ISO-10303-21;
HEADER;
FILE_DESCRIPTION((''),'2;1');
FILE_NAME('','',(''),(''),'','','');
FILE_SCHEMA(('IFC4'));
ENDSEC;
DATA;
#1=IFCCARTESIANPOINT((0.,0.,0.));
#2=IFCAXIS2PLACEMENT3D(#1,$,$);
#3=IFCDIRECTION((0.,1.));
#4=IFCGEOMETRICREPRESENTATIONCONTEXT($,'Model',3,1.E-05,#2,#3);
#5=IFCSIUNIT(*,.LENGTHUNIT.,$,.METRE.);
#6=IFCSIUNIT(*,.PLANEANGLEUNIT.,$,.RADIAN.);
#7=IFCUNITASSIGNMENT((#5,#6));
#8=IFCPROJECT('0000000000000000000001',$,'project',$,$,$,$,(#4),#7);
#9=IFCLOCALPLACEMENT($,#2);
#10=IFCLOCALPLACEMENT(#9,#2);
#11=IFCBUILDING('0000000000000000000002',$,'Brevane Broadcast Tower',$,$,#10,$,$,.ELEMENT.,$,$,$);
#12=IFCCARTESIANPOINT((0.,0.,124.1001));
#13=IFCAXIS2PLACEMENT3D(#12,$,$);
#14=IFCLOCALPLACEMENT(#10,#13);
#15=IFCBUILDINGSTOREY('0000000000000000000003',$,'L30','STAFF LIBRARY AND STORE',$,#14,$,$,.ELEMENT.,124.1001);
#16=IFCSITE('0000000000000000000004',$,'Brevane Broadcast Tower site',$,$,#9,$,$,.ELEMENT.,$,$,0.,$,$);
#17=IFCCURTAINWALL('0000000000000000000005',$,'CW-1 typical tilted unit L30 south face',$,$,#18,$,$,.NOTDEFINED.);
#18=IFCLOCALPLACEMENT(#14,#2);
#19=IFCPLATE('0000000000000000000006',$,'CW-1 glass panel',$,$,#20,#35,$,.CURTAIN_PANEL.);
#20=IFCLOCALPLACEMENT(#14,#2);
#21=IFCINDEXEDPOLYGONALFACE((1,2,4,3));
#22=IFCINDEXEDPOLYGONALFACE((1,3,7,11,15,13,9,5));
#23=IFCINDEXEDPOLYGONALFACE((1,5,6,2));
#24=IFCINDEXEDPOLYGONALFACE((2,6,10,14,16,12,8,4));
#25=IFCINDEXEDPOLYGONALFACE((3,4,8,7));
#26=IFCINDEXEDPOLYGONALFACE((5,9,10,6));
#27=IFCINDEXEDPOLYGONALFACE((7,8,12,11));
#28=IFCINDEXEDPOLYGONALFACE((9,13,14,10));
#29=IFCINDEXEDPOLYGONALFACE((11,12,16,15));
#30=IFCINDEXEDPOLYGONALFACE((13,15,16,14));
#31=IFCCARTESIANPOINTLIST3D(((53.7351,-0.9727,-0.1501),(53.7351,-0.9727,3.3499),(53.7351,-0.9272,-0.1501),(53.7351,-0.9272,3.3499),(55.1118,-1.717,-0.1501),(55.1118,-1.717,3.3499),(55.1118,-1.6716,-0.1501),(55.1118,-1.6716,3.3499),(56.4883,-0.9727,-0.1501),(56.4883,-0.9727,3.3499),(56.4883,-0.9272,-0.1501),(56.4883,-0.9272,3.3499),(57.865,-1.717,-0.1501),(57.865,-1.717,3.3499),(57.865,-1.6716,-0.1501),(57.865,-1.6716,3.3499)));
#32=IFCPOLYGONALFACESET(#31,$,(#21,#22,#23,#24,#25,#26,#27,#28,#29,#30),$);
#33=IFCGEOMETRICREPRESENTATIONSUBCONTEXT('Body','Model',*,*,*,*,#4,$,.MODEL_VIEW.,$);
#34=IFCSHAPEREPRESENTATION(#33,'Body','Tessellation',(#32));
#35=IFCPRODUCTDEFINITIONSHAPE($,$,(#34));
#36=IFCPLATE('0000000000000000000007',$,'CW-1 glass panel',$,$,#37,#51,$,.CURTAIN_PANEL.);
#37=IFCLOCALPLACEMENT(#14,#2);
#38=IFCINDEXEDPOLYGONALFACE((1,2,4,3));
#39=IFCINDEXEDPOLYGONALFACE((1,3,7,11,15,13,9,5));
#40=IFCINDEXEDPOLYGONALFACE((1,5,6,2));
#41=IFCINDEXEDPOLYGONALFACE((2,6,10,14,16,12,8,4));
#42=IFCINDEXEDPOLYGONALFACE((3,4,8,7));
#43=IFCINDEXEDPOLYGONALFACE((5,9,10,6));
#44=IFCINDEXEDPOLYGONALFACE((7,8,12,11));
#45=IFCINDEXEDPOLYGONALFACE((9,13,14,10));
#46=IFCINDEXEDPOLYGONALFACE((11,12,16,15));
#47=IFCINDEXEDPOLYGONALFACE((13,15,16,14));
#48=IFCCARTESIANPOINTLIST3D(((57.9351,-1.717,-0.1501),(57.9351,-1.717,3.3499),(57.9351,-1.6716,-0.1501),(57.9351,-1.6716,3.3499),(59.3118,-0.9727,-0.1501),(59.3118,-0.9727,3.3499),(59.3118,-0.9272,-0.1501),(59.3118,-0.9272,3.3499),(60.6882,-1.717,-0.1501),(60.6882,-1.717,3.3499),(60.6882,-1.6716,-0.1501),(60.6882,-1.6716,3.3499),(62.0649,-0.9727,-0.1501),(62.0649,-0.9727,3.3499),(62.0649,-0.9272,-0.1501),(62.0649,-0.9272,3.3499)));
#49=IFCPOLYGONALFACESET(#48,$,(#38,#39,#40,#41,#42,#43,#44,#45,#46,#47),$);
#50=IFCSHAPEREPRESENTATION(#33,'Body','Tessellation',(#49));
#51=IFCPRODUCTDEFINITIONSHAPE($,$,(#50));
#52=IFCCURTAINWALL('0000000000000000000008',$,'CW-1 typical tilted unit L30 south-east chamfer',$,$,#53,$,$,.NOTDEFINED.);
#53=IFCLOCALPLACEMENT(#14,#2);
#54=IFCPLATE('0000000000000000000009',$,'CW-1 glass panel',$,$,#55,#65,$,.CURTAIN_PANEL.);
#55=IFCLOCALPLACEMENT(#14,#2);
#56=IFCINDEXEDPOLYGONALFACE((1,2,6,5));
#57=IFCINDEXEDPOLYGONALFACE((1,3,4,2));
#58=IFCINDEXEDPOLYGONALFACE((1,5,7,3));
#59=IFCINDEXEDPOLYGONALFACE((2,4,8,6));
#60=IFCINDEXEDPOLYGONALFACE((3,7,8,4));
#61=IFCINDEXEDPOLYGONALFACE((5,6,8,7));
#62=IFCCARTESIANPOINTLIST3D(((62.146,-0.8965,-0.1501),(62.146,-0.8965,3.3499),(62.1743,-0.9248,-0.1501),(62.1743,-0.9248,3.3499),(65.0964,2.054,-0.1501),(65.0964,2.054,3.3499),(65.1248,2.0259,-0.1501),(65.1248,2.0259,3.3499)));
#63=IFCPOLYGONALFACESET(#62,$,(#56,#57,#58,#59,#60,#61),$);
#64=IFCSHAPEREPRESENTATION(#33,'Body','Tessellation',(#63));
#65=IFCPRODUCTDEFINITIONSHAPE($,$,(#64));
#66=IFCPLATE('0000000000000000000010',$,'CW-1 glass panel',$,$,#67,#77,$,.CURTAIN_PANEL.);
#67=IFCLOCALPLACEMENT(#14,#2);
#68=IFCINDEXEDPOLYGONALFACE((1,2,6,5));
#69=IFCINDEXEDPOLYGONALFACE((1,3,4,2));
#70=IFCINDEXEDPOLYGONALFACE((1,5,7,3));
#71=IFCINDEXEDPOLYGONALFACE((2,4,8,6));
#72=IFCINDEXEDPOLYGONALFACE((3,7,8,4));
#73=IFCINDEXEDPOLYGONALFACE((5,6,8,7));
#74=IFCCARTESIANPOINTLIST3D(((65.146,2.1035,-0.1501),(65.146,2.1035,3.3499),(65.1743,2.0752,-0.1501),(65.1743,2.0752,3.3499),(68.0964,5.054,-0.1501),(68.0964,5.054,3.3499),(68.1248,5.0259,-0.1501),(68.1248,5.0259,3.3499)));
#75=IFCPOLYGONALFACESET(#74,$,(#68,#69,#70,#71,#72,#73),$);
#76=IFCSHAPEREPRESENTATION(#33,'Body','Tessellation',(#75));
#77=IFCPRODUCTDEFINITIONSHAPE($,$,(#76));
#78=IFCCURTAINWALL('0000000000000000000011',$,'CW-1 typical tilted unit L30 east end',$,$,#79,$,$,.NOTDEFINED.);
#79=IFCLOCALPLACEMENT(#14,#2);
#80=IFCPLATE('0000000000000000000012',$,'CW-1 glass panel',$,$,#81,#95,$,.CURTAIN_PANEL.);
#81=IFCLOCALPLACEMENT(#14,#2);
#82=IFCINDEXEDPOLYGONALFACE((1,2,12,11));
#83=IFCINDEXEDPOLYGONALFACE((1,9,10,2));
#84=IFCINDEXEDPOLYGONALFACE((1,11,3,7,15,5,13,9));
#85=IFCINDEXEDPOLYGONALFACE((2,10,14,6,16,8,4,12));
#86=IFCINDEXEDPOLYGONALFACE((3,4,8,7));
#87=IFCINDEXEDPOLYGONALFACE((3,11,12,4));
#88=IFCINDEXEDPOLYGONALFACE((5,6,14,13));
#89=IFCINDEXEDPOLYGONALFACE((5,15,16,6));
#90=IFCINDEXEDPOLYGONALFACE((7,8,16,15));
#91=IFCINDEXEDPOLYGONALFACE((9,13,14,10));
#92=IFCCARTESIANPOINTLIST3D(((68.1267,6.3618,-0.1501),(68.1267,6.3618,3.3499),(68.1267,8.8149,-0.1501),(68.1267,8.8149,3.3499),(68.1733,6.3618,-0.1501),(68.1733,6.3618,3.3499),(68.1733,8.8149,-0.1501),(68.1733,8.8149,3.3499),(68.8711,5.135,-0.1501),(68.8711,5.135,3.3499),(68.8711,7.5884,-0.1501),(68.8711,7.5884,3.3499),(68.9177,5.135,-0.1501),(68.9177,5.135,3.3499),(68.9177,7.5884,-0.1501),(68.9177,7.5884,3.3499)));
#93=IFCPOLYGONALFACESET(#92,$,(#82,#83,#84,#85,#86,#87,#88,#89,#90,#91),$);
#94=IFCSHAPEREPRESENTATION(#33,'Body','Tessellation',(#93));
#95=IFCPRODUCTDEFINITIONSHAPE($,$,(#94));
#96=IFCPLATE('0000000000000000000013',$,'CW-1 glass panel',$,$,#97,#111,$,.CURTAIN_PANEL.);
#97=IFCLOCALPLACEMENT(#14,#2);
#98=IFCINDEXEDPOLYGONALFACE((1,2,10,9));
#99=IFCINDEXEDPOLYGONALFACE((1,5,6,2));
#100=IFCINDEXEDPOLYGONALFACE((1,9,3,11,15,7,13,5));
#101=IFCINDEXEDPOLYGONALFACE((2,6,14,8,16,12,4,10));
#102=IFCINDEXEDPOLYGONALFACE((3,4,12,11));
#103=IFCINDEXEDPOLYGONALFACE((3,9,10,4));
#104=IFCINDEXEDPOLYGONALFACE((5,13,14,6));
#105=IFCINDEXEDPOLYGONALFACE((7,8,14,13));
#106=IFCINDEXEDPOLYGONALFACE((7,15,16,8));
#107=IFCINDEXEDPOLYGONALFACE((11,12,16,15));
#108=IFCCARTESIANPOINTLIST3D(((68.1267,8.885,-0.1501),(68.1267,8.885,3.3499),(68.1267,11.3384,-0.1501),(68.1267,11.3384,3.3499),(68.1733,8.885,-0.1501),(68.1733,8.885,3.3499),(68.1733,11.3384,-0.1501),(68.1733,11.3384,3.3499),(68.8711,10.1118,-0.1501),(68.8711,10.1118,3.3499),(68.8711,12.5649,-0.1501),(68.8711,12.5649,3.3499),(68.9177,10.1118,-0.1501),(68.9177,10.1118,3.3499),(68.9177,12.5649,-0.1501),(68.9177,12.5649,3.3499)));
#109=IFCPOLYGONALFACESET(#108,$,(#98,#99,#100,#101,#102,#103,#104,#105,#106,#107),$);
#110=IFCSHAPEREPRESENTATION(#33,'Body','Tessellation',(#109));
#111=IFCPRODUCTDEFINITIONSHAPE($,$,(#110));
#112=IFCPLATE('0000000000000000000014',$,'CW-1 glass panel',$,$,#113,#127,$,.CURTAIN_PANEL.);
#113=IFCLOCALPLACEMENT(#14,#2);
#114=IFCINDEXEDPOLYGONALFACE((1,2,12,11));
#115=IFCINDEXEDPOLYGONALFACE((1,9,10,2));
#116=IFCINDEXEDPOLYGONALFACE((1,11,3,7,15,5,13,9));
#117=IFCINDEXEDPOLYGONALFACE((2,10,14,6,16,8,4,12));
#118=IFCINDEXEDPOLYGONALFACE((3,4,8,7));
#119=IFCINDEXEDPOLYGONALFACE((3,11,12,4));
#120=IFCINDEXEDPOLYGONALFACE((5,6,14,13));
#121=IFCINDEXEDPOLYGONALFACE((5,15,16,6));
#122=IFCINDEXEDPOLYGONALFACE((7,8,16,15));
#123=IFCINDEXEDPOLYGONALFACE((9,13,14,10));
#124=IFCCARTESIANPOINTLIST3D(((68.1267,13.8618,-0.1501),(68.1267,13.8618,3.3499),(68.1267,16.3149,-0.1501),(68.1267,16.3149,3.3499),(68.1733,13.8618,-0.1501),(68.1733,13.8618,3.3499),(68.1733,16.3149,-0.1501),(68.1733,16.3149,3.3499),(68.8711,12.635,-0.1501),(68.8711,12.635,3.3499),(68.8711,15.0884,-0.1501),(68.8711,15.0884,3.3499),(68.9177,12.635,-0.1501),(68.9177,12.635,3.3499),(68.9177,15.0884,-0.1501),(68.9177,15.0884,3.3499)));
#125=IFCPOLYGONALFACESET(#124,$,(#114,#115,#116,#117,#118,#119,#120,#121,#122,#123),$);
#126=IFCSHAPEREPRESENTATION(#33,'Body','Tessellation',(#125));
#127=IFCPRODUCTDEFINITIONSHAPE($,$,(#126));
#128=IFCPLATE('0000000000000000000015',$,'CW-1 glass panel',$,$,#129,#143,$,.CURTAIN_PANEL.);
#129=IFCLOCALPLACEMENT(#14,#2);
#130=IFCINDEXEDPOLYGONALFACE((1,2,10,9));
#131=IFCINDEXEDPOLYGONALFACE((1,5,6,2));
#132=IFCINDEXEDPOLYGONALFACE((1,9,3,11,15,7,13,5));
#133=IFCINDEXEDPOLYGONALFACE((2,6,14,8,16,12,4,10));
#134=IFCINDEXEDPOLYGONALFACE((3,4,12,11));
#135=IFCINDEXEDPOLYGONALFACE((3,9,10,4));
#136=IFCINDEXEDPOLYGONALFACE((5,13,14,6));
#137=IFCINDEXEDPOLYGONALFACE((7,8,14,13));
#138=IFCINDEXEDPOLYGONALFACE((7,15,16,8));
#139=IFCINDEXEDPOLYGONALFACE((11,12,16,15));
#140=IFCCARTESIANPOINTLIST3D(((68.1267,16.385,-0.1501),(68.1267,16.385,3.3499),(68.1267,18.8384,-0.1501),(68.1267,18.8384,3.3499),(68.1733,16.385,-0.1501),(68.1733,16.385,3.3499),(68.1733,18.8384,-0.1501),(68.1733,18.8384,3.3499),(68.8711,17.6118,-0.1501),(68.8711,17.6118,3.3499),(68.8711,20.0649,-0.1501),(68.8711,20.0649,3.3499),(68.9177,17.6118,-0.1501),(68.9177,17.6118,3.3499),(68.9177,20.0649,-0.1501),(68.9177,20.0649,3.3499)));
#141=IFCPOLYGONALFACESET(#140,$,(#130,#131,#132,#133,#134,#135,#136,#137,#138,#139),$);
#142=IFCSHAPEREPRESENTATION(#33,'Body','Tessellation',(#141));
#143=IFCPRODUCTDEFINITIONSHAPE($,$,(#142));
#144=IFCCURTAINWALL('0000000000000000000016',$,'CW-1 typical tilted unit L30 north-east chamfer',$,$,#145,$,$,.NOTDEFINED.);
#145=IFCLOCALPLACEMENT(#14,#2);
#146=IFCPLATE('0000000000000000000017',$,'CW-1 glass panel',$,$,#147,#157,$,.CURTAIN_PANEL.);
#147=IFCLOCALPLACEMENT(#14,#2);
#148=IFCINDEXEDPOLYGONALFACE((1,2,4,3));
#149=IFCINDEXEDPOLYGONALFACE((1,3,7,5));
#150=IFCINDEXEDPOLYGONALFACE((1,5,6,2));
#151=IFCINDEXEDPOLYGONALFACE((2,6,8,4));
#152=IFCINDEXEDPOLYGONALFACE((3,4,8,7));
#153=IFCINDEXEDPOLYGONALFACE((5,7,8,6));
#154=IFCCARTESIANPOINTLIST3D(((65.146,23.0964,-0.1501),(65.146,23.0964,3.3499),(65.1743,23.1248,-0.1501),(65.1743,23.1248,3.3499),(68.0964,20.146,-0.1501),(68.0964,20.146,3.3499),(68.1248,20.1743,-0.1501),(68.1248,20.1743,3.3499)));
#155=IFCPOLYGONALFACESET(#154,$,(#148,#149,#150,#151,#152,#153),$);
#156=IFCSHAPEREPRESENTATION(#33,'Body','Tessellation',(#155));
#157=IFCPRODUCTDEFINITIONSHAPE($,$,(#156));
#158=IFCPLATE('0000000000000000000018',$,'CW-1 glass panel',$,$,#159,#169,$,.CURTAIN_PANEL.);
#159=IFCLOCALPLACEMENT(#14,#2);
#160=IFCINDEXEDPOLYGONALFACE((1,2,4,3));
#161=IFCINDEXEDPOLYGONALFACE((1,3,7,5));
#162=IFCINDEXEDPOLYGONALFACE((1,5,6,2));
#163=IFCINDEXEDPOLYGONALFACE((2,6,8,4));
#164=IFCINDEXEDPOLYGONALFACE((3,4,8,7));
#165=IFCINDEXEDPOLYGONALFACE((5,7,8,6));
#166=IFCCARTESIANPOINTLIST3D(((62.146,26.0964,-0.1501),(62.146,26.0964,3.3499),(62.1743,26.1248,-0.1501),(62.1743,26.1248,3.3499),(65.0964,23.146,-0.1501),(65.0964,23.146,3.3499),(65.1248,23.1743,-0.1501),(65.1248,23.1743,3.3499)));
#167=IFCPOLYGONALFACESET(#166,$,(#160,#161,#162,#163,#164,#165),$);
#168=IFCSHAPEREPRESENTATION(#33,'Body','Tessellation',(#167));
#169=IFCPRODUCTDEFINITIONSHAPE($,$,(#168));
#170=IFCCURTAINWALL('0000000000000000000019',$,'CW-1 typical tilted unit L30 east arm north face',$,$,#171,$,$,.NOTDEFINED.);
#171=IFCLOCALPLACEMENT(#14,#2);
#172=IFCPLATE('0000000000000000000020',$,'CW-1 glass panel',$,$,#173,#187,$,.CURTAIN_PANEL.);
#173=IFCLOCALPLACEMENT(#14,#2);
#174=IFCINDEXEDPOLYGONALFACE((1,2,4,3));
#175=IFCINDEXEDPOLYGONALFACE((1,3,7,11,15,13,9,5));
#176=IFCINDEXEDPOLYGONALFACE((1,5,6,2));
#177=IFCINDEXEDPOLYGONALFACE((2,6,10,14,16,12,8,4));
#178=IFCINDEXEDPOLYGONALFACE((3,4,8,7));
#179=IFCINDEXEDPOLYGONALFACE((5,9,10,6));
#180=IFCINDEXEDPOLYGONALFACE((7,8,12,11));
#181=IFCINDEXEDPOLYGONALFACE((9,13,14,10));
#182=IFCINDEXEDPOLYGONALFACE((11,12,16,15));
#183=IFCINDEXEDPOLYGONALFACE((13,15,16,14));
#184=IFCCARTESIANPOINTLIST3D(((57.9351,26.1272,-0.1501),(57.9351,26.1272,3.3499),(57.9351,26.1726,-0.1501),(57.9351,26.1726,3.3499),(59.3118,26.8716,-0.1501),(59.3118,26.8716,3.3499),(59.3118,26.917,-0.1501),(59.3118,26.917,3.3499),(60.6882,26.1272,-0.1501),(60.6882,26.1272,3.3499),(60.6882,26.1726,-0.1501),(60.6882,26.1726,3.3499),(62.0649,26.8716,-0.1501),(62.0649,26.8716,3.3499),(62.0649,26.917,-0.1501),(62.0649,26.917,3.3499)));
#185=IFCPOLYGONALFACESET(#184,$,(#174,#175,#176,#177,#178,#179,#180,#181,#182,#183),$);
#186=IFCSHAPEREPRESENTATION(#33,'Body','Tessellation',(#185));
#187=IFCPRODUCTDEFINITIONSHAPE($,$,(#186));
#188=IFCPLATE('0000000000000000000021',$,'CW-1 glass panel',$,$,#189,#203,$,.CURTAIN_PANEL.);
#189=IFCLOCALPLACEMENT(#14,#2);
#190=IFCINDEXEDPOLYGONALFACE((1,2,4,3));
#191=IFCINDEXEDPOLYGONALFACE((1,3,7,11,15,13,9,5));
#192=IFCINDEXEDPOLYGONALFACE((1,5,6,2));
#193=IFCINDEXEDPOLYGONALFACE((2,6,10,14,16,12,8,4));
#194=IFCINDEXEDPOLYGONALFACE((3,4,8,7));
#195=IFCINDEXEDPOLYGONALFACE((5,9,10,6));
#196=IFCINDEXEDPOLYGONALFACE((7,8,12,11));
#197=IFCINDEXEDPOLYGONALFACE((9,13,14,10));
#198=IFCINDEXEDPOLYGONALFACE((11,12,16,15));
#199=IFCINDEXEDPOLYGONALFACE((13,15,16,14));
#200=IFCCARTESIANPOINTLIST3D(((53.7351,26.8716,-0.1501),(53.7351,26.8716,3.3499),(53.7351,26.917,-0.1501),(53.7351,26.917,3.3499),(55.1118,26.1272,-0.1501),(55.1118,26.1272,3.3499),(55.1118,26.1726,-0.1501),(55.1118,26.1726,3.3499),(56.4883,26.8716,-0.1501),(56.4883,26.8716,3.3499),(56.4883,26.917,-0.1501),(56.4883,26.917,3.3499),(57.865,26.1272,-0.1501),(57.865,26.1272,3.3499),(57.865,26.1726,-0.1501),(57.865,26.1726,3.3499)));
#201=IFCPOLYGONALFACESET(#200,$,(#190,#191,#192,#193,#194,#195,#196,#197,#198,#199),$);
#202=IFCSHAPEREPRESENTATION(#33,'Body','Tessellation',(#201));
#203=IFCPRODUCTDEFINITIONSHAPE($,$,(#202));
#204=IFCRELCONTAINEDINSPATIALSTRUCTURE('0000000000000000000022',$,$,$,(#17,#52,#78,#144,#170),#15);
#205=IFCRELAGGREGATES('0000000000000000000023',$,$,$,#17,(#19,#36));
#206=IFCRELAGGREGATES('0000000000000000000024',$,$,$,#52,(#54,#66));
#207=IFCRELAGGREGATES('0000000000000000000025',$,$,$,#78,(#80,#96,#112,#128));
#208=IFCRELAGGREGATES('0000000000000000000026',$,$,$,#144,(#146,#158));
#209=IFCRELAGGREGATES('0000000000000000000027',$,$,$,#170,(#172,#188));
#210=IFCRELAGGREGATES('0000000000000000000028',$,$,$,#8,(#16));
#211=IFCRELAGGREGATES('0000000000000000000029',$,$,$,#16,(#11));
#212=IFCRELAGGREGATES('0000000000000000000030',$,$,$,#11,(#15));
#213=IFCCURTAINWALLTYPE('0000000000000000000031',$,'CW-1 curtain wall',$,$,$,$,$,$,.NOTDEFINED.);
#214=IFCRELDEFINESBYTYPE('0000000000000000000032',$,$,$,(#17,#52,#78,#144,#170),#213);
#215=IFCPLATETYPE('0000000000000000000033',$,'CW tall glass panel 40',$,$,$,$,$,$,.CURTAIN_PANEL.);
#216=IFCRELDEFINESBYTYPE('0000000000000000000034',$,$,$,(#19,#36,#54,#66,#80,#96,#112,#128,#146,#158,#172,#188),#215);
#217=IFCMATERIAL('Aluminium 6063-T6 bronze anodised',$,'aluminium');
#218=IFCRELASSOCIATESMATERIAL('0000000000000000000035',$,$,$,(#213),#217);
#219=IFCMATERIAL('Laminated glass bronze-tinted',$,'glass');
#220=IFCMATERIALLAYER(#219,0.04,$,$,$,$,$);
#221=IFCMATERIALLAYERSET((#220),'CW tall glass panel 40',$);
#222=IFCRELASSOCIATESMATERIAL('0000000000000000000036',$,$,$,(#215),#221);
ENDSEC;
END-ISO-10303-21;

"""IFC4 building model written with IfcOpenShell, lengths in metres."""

from ifc_helpers import new_model, si_unit, direction, frame, origin, place, context, subcontext, project, spatial, polyline, outline, extrude, material, layer, layer_set, type_object, element, aggregate, save


model = new_model("IFC4")

# Units and contexts
model_context = context("Model", 3, precision=1e-05, world=origin(), true_north=direction((0.0, 1.0)))
body_context = subcontext(model_context, "Body", "Model", "MODEL_VIEW")
ifc_project = project(units=[si_unit("LENGTHUNIT", "METRE"), si_unit("PLANEANGLEUNIT", "RADIAN")], contexts=[model_context])

# Site, building, storey
site_placement = place(None, origin())
site = spatial("IfcSite", under=ifc_project, at=site_placement, Name="Brevane Broadcast Tower site", CompositionType="ELEMENT", RefElevation=0.0)
building_placement = place(site_placement, origin())
building = spatial("IfcBuilding", under=site, at=building_placement, Name="Brevane Broadcast Tower", CompositionType="ELEMENT")
storey_placement = place(building_placement, frame((0.0, 0.0, 124.1001)))
storey = spatial("IfcBuildingStorey", under=building, at=storey_placement, Name="L30", Description="STAFF LIBRARY AND STORE", CompositionType="ELEMENT", Elevation=124.1001)

# Curtain walls, plates
ifc_material_1 = material(Name="Aluminium 6063-T6 bronze anodised", Category="aluminium")
curtain_wall_type = type_object("IfcCurtainWallType", Name="CW-1 curtain wall", PredefinedType="NOTDEFINED", material=ifc_material_1)
curtain_wall_1_placement = place(storey_placement, origin())
curtain_wall_1 = element("IfcCurtainWall", 1, at=curtain_wall_1_placement, inside=storey, type_object=curtain_wall_type, Name="CW-1 typical tilted unit L30 south face", PredefinedType="NOTDEFINED")
ifc_material_2 = material(Name="Laminated glass bronze-tinted", Category="glass")
ifc_layer = layer(ifc_material_2, 0.04)
ifc_layer_set = layer_set([ifc_layer], Name="CW tall glass panel 40")
plate_type = type_object("IfcPlateType", Name="CW tall glass panel 40", PredefinedType="CURTAIN_PANEL", material=ifc_layer_set)
plate_1_placement = place(storey_placement, frame((0.0, 0.0, -0.1501)))
plate_1 = element("IfcPlate", 2, at=plate_1_placement, type_object=plate_type, Name="CW-1 glass panel", PredefinedType="CURTAIN_PANEL", context=body_context, shape_type="SweptSolid", body=[
    extrude(outline(polyline([(53.7351, -0.9272), (53.7351, -0.9727), (55.1118, -1.717), (56.4883, -0.9727), (57.865, -1.717), (57.865, -1.6716), (56.4883, -0.9272), (55.1118, -1.6716), (53.7351, -0.9272)])), origin(), (0.0, 0.0, 1.0), 3.5),
])
plate_2_placement = place(storey_placement, frame((0.0, 0.0, -0.1501)))
plate_2 = element("IfcPlate", 3, at=plate_2_placement, type_object=plate_type, Name="CW-1 glass panel", PredefinedType="CURTAIN_PANEL", context=body_context, shape_type="SweptSolid", body=[
    extrude(outline(polyline([(57.9351, -1.6716), (57.9351, -1.717), (59.3118, -0.9727), (60.6882, -1.717), (62.0649, -0.9727), (62.0649, -0.9272), (60.6882, -1.6716), (59.3118, -0.9272), (57.9351, -1.6716)])), origin(), (0.0, 0.0, 1.0), 3.5),
])
aggregate(curtain_wall_1, [plate_1, plate_2])
curtain_wall_2_placement = place(storey_placement, origin())
curtain_wall_2 = element("IfcCurtainWall", 4, at=curtain_wall_2_placement, inside=storey, type_object=curtain_wall_type, Name="CW-1 typical tilted unit L30 south-east chamfer", PredefinedType="NOTDEFINED")
plate_3_placement = place(storey_placement, frame((0.0, 0.0, -0.1501)))
plate_3 = element("IfcPlate", 5, at=plate_3_placement, type_object=plate_type, Name="CW-1 glass panel", PredefinedType="CURTAIN_PANEL", context=body_context, shape_type="SweptSolid", body=[
    extrude(outline(polyline([(62.146, -0.8965), (65.0964, 2.054), (65.1248, 2.0259), (62.1743, -0.9248), (62.146, -0.8965)])), origin(), (0.0, 0.0, 1.0), 3.5),
])
plate_4_placement = place(storey_placement, frame((0.0, 0.0, -0.1501)))
plate_4 = element("IfcPlate", 6, at=plate_4_placement, type_object=plate_type, Name="CW-1 glass panel", PredefinedType="CURTAIN_PANEL", context=body_context, shape_type="SweptSolid", body=[
    extrude(outline(polyline([(65.146, 2.1035), (68.0964, 5.054), (68.1248, 5.0259), (65.1743, 2.0752), (65.146, 2.1035)])), origin(), (0.0, 0.0, 1.0), 3.5),
])
aggregate(curtain_wall_2, [plate_3, plate_4])
curtain_wall_3_placement = place(storey_placement, origin())
curtain_wall_3 = element("IfcCurtainWall", 7, at=curtain_wall_3_placement, inside=storey, type_object=curtain_wall_type, Name="CW-1 typical tilted unit L30 east end", PredefinedType="NOTDEFINED")
plate_5_placement = place(storey_placement, frame((0.0, 0.0, -0.1501)))
plate_5 = element("IfcPlate", 8, at=plate_5_placement, type_object=plate_type, Name="CW-1 glass panel", PredefinedType="CURTAIN_PANEL", context=body_context, shape_type="SweptSolid", body=[
    extrude(outline(polyline([(68.8711, 5.135), (68.9177, 5.135), (68.1733, 6.3618), (68.9177, 7.5884), (68.1733, 8.8149), (68.1267, 8.8149), (68.8711, 7.5884), (68.1267, 6.3618), (68.8711, 5.135)])), origin(), (0.0, 0.0, 1.0), 3.5),
])
plate_6_placement = place(storey_placement, frame((0.0, 0.0, -0.1501)))
plate_6 = element("IfcPlate", 9, at=plate_6_placement, type_object=plate_type, Name="CW-1 glass panel", PredefinedType="CURTAIN_PANEL", context=body_context, shape_type="SweptSolid", body=[
    extrude(outline(polyline([(68.1267, 8.885), (68.1733, 8.885), (68.9177, 10.1118), (68.1733, 11.3384), (68.9177, 12.5649), (68.8711, 12.5649), (68.1267, 11.3384), (68.8711, 10.1118), (68.1267, 8.885)])), origin(), (0.0, 0.0, 1.0), 3.5),
])
plate_7_placement = place(storey_placement, frame((0.0, 0.0, -0.1501)))
plate_7 = element("IfcPlate", 10, at=plate_7_placement, type_object=plate_type, Name="CW-1 glass panel", PredefinedType="CURTAIN_PANEL", context=body_context, shape_type="SweptSolid", body=[
    extrude(outline(polyline([(68.8711, 12.635), (68.9177, 12.635), (68.1733, 13.8618), (68.9177, 15.0884), (68.1733, 16.3149), (68.1267, 16.3149), (68.8711, 15.0884), (68.1267, 13.8618), (68.8711, 12.635)])), origin(), (0.0, 0.0, 1.0), 3.5),
])
plate_8_placement = place(storey_placement, frame((0.0, 0.0, -0.1501)))
plate_8 = element("IfcPlate", 11, at=plate_8_placement, type_object=plate_type, Name="CW-1 glass panel", PredefinedType="CURTAIN_PANEL", context=body_context, shape_type="SweptSolid", body=[
    extrude(outline(polyline([(68.1267, 16.385), (68.1733, 16.385), (68.9177, 17.6118), (68.1733, 18.8384), (68.9177, 20.0649), (68.8711, 20.0649), (68.1267, 18.8384), (68.8711, 17.6118), (68.1267, 16.385)])), origin(), (0.0, 0.0, 1.0), 3.5),
])
aggregate(curtain_wall_3, [plate_5, plate_6, plate_7, plate_8])
curtain_wall_4_placement = place(storey_placement, origin())
curtain_wall_4 = element("IfcCurtainWall", 12, at=curtain_wall_4_placement, inside=storey, type_object=curtain_wall_type, Name="CW-1 typical tilted unit L30 north-east chamfer", PredefinedType="NOTDEFINED")
plate_9_placement = place(storey_placement, frame((0.0, 0.0, -0.1501)))
plate_9 = element("IfcPlate", 13, at=plate_9_placement, type_object=plate_type, Name="CW-1 glass panel", PredefinedType="CURTAIN_PANEL", context=body_context, shape_type="SweptSolid", body=[
    extrude(outline(polyline([(68.0964, 20.146), (65.146, 23.0964), (65.1743, 23.1248), (68.1248, 20.1743), (68.0964, 20.146)])), origin(), (0.0, 0.0, 1.0), 3.5),
])
plate_10_placement = place(storey_placement, frame((0.0, 0.0, -0.1501)))
plate_10 = element("IfcPlate", 14, at=plate_10_placement, type_object=plate_type, Name="CW-1 glass panel", PredefinedType="CURTAIN_PANEL", context=body_context, shape_type="SweptSolid", body=[
    extrude(outline(polyline([(65.0964, 23.146), (62.146, 26.0964), (62.1743, 26.1248), (65.1248, 23.1743), (65.0964, 23.146)])), origin(), (0.0, 0.0, 1.0), 3.5),
])
aggregate(curtain_wall_4, [plate_9, plate_10])
curtain_wall_5_placement = place(storey_placement, origin())
curtain_wall_5 = element("IfcCurtainWall", 15, at=curtain_wall_5_placement, inside=storey, type_object=curtain_wall_type, Name="CW-1 typical tilted unit L30 east arm north face", PredefinedType="NOTDEFINED")
plate_11_placement = place(storey_placement, frame((0.0, 0.0, -0.1501)))
plate_11 = element("IfcPlate", 16, at=plate_11_placement, type_object=plate_type, Name="CW-1 glass panel", PredefinedType="CURTAIN_PANEL", context=body_context, shape_type="SweptSolid", body=[
    extrude(outline(polyline([(62.0649, 26.8716), (62.0649, 26.917), (60.6882, 26.1726), (59.3118, 26.917), (57.9351, 26.1726), (57.9351, 26.1272), (59.3118, 26.8716), (60.6882, 26.1272), (62.0649, 26.8716)])), origin(), (0.0, 0.0, 1.0), 3.5),
])
plate_12_placement = place(storey_placement, frame((0.0, 0.0, -0.1501)))
plate_12 = element("IfcPlate", 17, at=plate_12_placement, type_object=plate_type, Name="CW-1 glass panel", PredefinedType="CURTAIN_PANEL", context=body_context, shape_type="SweptSolid", body=[
    extrude(outline(polyline([(57.865, 26.1272), (57.865, 26.1726), (56.4883, 26.917), (55.1118, 26.1726), (53.7351, 26.917), (53.7351, 26.8716), (55.1118, 26.1272), (56.4883, 26.8716), (57.865, 26.1272)])), origin(), (0.0, 0.0, 1.0), 3.5),
])
aggregate(curtain_wall_5, [plate_11, plate_12])

save(model, "model.ifc")
